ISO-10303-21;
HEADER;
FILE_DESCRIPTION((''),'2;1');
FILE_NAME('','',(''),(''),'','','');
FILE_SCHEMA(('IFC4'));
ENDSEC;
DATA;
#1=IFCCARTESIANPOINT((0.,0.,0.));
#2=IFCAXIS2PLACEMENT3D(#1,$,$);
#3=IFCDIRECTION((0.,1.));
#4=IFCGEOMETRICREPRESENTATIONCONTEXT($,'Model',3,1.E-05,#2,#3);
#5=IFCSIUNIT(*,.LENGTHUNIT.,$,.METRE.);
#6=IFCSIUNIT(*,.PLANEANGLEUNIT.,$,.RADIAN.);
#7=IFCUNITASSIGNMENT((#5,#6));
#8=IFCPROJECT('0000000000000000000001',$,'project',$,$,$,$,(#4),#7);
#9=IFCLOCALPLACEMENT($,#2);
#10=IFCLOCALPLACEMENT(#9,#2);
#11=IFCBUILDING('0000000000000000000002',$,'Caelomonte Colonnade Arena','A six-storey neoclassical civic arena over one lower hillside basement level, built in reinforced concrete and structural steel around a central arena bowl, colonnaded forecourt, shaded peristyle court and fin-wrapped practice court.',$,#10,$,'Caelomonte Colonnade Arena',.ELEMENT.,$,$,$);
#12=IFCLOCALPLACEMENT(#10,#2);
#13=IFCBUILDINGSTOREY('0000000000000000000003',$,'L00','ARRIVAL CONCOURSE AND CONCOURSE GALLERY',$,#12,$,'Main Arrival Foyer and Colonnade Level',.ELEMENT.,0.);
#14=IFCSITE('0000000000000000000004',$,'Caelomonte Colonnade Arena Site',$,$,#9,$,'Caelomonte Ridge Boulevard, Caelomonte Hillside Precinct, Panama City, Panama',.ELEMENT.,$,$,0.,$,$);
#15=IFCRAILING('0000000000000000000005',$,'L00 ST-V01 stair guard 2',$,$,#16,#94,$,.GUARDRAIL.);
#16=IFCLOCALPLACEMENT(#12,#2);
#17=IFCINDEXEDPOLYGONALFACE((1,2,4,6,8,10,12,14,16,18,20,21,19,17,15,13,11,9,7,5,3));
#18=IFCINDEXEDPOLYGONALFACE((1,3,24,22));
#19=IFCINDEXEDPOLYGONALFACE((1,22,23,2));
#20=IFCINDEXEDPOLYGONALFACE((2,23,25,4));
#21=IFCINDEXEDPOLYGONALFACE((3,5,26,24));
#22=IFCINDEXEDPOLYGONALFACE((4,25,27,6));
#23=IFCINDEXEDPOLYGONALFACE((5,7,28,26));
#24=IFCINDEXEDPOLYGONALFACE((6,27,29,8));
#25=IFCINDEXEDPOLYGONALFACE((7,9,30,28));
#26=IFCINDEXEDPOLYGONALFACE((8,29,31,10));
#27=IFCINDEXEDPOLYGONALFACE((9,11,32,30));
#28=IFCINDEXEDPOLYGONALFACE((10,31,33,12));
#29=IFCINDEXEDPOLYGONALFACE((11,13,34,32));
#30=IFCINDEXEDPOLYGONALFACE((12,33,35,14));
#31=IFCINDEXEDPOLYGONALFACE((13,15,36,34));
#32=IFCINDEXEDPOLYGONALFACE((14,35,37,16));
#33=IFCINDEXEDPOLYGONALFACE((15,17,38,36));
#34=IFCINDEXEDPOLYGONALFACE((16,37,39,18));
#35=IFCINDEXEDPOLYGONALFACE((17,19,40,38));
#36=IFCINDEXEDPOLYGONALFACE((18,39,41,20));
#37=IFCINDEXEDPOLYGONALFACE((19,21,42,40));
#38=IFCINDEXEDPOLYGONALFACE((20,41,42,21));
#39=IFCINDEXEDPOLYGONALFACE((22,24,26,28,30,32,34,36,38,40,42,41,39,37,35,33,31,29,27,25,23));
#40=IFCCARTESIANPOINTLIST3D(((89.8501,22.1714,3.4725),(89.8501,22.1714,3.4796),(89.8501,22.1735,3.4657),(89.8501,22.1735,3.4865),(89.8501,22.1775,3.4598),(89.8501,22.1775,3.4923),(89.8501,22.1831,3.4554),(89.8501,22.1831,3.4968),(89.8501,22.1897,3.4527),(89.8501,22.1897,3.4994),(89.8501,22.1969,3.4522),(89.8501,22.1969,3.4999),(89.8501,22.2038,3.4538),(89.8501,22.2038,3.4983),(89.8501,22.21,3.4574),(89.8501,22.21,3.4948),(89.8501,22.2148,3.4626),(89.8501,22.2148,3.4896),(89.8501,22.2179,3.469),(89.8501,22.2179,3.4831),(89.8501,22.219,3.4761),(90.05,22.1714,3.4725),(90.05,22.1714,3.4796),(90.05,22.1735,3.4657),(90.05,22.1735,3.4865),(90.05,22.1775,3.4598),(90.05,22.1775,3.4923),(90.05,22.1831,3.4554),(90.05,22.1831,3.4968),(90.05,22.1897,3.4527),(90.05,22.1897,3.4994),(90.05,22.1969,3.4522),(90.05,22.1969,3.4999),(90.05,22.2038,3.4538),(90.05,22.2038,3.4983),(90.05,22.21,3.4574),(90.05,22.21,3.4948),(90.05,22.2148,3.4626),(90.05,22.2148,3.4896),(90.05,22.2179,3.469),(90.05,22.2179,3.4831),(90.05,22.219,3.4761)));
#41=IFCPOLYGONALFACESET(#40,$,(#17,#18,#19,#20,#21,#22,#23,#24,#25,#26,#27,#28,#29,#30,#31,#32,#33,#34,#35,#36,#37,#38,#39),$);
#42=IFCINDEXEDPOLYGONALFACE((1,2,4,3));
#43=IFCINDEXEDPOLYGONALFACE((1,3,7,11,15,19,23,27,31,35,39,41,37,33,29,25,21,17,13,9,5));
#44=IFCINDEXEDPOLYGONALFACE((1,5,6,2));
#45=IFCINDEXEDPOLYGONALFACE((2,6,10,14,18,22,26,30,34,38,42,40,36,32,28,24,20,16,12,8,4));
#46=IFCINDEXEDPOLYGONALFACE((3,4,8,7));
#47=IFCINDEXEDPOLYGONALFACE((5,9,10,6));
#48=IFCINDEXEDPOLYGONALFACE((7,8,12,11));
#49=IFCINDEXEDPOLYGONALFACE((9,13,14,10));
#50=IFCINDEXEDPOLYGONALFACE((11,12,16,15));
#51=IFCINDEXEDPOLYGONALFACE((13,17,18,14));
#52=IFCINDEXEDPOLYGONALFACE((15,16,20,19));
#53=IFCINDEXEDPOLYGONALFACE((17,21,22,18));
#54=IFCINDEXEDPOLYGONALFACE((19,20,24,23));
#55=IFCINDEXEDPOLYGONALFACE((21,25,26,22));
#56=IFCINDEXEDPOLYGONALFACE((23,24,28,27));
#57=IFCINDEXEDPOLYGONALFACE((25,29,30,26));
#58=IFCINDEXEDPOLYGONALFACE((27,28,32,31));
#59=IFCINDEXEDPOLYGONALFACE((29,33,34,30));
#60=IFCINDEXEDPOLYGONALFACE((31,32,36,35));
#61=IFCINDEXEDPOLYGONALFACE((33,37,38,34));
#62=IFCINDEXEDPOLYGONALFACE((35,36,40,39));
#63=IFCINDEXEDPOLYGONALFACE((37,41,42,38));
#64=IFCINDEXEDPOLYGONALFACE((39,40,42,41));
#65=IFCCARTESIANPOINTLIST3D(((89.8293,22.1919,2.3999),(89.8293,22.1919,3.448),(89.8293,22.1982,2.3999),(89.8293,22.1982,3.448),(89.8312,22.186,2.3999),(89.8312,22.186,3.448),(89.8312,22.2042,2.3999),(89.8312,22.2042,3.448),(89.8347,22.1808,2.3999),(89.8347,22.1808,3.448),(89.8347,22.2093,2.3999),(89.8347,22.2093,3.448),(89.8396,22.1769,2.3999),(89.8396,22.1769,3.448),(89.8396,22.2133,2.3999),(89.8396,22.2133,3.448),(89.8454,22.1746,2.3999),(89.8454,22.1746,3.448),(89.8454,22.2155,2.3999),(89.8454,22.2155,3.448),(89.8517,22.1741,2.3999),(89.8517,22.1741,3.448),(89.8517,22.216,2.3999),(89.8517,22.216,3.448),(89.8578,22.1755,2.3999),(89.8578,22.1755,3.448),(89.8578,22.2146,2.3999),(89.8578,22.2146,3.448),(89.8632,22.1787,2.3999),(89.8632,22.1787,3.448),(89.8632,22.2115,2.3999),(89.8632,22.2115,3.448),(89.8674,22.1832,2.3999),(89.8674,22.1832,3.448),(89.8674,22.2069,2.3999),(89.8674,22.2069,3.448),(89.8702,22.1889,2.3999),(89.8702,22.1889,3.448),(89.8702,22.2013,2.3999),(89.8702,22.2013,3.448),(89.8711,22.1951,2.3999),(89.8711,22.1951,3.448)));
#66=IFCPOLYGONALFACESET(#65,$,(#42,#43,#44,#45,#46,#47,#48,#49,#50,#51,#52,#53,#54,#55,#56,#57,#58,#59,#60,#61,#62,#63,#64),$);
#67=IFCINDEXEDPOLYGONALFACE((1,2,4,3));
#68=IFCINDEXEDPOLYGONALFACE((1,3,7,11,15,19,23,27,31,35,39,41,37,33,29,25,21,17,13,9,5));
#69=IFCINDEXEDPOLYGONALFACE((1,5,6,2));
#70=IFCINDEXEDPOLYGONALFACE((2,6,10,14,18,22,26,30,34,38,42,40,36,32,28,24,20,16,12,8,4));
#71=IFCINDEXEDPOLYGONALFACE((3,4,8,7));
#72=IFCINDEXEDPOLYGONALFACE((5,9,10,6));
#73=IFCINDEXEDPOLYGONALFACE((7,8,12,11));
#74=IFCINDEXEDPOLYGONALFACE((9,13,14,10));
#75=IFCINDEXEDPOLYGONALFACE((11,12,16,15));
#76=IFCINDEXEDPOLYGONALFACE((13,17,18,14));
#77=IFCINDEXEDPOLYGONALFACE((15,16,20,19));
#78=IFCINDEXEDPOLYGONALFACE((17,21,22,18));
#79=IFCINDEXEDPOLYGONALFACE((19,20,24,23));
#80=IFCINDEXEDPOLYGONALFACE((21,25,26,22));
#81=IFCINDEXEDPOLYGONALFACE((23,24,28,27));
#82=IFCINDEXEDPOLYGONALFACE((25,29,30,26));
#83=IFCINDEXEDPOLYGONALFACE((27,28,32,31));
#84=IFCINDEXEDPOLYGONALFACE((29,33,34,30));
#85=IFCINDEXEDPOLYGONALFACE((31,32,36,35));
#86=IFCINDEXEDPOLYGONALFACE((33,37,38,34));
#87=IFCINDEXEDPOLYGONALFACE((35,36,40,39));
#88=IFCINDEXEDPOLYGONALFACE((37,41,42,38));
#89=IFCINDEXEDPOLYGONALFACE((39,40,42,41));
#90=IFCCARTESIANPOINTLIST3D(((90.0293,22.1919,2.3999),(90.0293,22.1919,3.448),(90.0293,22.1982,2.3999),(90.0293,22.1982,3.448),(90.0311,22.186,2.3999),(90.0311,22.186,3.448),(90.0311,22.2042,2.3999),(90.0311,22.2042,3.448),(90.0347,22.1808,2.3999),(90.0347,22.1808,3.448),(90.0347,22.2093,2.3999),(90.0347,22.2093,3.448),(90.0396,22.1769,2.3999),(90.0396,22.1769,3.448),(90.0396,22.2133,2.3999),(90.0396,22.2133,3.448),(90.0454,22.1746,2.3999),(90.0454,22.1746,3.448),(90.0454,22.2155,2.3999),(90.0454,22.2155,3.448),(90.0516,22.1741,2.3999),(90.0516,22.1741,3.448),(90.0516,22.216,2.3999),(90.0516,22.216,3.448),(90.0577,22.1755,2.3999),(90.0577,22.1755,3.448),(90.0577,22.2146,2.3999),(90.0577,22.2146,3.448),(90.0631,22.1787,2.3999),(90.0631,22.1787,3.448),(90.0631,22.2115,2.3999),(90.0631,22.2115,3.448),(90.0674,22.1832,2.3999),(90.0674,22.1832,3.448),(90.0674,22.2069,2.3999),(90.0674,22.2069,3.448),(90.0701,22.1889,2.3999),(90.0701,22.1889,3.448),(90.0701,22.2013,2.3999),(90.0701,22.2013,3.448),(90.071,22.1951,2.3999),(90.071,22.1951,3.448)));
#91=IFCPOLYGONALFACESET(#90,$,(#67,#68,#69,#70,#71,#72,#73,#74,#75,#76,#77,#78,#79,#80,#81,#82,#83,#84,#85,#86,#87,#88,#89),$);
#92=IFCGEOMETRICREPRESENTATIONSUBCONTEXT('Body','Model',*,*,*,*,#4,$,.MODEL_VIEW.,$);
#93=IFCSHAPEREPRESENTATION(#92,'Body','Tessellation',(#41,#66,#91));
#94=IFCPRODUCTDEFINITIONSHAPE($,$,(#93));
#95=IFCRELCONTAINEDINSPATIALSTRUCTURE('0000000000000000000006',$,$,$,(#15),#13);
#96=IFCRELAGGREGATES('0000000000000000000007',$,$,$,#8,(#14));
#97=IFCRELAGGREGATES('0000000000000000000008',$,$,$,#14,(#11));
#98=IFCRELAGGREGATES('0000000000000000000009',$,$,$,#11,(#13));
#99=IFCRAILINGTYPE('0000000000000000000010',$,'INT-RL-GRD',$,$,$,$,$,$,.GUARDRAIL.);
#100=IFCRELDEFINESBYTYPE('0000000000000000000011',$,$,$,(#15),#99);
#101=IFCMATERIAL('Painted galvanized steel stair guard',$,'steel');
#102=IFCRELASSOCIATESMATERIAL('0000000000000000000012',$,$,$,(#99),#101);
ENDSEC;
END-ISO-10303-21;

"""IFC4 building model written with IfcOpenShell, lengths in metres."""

from ifc_helpers import new_model, si_unit, direction, frame, origin, origin_2d, place, context, subcontext, project, spatial, circle, extrude, material, type_object, element, save


model = new_model("IFC4")

# Units and contexts
model_context = context("Model", 3, precision=1e-05, world=origin(), true_north=direction((0.0, 1.0)))
body_context = subcontext(model_context, "Body", "Model", "MODEL_VIEW")
ifc_project = project(units=[si_unit("LENGTHUNIT", "METRE"), si_unit("PLANEANGLEUNIT", "RADIAN")], contexts=[model_context])

# Site, building, storey
site_placement = place(None, origin())
site = spatial("IfcSite", under=ifc_project, at=site_placement, Name="Caelomonte Colonnade Arena Site", LongName="Caelomonte Ridge Boulevard, Caelomonte Hillside Precinct, Panama City, Panama", CompositionType="ELEMENT", RefElevation=0.0)
building_placement = place(site_placement, origin())
building = spatial("IfcBuilding", under=site, at=building_placement, Name="Caelomonte Colonnade Arena", Description="A six-storey neoclassical civic arena over one lower hillside basement level, built in reinforced concrete and structural steel around a central arena bowl, colonnaded forecourt, shaded peristyle court and fin-wrapped practice court.", LongName="Caelomonte Colonnade Arena", CompositionType="ELEMENT")
storey_placement = place(building_placement, origin())
storey = spatial("IfcBuildingStorey", under=building, at=storey_placement, Name="L00", Description="ARRIVAL CONCOURSE AND CONCOURSE GALLERY", LongName="Main Arrival Foyer and Colonnade Level", CompositionType="ELEMENT", Elevation=0.0)

# Railing
ifc_material_1 = material(Name="Painted galvanized steel stair guard", Category="steel")
railing_type_1 = type_object("IfcRailingType", Name="INT-RL-GRD", PredefinedType="GUARDRAIL", material=ifc_material_1)
railing_1_placement = place(storey_placement, frame((89.8501, 22.1951, 2.3999)))
element("IfcRailing", 1, at=railing_1_placement, inside=storey, type_object=railing_type_1, Name="L00 ST-V01 stair guard 2", PredefinedType="GUARDRAIL", context=body_context, shape_type="SweptSolid", body=[
    extrude(circle(Radius=0.0239, at=origin_2d()), frame((0.0, 0.0, 1.0762), z_axis=(1.0, 0.0, 0.0), x_axis=(0.0, 1.0, 0.0)), (0.0, 0.0, 1.0), 0.2),
    extrude(circle(Radius=0.021, at=origin_2d()), origin(), (0.0, 0.0, 1.0), 1.0481),
    extrude(circle(Radius=0.021, at=origin_2d()), frame((0.2, 0.0, 0.0)), (0.0, 0.0, 1.0), 1.0481),
])

save(model, "model.ifc")
